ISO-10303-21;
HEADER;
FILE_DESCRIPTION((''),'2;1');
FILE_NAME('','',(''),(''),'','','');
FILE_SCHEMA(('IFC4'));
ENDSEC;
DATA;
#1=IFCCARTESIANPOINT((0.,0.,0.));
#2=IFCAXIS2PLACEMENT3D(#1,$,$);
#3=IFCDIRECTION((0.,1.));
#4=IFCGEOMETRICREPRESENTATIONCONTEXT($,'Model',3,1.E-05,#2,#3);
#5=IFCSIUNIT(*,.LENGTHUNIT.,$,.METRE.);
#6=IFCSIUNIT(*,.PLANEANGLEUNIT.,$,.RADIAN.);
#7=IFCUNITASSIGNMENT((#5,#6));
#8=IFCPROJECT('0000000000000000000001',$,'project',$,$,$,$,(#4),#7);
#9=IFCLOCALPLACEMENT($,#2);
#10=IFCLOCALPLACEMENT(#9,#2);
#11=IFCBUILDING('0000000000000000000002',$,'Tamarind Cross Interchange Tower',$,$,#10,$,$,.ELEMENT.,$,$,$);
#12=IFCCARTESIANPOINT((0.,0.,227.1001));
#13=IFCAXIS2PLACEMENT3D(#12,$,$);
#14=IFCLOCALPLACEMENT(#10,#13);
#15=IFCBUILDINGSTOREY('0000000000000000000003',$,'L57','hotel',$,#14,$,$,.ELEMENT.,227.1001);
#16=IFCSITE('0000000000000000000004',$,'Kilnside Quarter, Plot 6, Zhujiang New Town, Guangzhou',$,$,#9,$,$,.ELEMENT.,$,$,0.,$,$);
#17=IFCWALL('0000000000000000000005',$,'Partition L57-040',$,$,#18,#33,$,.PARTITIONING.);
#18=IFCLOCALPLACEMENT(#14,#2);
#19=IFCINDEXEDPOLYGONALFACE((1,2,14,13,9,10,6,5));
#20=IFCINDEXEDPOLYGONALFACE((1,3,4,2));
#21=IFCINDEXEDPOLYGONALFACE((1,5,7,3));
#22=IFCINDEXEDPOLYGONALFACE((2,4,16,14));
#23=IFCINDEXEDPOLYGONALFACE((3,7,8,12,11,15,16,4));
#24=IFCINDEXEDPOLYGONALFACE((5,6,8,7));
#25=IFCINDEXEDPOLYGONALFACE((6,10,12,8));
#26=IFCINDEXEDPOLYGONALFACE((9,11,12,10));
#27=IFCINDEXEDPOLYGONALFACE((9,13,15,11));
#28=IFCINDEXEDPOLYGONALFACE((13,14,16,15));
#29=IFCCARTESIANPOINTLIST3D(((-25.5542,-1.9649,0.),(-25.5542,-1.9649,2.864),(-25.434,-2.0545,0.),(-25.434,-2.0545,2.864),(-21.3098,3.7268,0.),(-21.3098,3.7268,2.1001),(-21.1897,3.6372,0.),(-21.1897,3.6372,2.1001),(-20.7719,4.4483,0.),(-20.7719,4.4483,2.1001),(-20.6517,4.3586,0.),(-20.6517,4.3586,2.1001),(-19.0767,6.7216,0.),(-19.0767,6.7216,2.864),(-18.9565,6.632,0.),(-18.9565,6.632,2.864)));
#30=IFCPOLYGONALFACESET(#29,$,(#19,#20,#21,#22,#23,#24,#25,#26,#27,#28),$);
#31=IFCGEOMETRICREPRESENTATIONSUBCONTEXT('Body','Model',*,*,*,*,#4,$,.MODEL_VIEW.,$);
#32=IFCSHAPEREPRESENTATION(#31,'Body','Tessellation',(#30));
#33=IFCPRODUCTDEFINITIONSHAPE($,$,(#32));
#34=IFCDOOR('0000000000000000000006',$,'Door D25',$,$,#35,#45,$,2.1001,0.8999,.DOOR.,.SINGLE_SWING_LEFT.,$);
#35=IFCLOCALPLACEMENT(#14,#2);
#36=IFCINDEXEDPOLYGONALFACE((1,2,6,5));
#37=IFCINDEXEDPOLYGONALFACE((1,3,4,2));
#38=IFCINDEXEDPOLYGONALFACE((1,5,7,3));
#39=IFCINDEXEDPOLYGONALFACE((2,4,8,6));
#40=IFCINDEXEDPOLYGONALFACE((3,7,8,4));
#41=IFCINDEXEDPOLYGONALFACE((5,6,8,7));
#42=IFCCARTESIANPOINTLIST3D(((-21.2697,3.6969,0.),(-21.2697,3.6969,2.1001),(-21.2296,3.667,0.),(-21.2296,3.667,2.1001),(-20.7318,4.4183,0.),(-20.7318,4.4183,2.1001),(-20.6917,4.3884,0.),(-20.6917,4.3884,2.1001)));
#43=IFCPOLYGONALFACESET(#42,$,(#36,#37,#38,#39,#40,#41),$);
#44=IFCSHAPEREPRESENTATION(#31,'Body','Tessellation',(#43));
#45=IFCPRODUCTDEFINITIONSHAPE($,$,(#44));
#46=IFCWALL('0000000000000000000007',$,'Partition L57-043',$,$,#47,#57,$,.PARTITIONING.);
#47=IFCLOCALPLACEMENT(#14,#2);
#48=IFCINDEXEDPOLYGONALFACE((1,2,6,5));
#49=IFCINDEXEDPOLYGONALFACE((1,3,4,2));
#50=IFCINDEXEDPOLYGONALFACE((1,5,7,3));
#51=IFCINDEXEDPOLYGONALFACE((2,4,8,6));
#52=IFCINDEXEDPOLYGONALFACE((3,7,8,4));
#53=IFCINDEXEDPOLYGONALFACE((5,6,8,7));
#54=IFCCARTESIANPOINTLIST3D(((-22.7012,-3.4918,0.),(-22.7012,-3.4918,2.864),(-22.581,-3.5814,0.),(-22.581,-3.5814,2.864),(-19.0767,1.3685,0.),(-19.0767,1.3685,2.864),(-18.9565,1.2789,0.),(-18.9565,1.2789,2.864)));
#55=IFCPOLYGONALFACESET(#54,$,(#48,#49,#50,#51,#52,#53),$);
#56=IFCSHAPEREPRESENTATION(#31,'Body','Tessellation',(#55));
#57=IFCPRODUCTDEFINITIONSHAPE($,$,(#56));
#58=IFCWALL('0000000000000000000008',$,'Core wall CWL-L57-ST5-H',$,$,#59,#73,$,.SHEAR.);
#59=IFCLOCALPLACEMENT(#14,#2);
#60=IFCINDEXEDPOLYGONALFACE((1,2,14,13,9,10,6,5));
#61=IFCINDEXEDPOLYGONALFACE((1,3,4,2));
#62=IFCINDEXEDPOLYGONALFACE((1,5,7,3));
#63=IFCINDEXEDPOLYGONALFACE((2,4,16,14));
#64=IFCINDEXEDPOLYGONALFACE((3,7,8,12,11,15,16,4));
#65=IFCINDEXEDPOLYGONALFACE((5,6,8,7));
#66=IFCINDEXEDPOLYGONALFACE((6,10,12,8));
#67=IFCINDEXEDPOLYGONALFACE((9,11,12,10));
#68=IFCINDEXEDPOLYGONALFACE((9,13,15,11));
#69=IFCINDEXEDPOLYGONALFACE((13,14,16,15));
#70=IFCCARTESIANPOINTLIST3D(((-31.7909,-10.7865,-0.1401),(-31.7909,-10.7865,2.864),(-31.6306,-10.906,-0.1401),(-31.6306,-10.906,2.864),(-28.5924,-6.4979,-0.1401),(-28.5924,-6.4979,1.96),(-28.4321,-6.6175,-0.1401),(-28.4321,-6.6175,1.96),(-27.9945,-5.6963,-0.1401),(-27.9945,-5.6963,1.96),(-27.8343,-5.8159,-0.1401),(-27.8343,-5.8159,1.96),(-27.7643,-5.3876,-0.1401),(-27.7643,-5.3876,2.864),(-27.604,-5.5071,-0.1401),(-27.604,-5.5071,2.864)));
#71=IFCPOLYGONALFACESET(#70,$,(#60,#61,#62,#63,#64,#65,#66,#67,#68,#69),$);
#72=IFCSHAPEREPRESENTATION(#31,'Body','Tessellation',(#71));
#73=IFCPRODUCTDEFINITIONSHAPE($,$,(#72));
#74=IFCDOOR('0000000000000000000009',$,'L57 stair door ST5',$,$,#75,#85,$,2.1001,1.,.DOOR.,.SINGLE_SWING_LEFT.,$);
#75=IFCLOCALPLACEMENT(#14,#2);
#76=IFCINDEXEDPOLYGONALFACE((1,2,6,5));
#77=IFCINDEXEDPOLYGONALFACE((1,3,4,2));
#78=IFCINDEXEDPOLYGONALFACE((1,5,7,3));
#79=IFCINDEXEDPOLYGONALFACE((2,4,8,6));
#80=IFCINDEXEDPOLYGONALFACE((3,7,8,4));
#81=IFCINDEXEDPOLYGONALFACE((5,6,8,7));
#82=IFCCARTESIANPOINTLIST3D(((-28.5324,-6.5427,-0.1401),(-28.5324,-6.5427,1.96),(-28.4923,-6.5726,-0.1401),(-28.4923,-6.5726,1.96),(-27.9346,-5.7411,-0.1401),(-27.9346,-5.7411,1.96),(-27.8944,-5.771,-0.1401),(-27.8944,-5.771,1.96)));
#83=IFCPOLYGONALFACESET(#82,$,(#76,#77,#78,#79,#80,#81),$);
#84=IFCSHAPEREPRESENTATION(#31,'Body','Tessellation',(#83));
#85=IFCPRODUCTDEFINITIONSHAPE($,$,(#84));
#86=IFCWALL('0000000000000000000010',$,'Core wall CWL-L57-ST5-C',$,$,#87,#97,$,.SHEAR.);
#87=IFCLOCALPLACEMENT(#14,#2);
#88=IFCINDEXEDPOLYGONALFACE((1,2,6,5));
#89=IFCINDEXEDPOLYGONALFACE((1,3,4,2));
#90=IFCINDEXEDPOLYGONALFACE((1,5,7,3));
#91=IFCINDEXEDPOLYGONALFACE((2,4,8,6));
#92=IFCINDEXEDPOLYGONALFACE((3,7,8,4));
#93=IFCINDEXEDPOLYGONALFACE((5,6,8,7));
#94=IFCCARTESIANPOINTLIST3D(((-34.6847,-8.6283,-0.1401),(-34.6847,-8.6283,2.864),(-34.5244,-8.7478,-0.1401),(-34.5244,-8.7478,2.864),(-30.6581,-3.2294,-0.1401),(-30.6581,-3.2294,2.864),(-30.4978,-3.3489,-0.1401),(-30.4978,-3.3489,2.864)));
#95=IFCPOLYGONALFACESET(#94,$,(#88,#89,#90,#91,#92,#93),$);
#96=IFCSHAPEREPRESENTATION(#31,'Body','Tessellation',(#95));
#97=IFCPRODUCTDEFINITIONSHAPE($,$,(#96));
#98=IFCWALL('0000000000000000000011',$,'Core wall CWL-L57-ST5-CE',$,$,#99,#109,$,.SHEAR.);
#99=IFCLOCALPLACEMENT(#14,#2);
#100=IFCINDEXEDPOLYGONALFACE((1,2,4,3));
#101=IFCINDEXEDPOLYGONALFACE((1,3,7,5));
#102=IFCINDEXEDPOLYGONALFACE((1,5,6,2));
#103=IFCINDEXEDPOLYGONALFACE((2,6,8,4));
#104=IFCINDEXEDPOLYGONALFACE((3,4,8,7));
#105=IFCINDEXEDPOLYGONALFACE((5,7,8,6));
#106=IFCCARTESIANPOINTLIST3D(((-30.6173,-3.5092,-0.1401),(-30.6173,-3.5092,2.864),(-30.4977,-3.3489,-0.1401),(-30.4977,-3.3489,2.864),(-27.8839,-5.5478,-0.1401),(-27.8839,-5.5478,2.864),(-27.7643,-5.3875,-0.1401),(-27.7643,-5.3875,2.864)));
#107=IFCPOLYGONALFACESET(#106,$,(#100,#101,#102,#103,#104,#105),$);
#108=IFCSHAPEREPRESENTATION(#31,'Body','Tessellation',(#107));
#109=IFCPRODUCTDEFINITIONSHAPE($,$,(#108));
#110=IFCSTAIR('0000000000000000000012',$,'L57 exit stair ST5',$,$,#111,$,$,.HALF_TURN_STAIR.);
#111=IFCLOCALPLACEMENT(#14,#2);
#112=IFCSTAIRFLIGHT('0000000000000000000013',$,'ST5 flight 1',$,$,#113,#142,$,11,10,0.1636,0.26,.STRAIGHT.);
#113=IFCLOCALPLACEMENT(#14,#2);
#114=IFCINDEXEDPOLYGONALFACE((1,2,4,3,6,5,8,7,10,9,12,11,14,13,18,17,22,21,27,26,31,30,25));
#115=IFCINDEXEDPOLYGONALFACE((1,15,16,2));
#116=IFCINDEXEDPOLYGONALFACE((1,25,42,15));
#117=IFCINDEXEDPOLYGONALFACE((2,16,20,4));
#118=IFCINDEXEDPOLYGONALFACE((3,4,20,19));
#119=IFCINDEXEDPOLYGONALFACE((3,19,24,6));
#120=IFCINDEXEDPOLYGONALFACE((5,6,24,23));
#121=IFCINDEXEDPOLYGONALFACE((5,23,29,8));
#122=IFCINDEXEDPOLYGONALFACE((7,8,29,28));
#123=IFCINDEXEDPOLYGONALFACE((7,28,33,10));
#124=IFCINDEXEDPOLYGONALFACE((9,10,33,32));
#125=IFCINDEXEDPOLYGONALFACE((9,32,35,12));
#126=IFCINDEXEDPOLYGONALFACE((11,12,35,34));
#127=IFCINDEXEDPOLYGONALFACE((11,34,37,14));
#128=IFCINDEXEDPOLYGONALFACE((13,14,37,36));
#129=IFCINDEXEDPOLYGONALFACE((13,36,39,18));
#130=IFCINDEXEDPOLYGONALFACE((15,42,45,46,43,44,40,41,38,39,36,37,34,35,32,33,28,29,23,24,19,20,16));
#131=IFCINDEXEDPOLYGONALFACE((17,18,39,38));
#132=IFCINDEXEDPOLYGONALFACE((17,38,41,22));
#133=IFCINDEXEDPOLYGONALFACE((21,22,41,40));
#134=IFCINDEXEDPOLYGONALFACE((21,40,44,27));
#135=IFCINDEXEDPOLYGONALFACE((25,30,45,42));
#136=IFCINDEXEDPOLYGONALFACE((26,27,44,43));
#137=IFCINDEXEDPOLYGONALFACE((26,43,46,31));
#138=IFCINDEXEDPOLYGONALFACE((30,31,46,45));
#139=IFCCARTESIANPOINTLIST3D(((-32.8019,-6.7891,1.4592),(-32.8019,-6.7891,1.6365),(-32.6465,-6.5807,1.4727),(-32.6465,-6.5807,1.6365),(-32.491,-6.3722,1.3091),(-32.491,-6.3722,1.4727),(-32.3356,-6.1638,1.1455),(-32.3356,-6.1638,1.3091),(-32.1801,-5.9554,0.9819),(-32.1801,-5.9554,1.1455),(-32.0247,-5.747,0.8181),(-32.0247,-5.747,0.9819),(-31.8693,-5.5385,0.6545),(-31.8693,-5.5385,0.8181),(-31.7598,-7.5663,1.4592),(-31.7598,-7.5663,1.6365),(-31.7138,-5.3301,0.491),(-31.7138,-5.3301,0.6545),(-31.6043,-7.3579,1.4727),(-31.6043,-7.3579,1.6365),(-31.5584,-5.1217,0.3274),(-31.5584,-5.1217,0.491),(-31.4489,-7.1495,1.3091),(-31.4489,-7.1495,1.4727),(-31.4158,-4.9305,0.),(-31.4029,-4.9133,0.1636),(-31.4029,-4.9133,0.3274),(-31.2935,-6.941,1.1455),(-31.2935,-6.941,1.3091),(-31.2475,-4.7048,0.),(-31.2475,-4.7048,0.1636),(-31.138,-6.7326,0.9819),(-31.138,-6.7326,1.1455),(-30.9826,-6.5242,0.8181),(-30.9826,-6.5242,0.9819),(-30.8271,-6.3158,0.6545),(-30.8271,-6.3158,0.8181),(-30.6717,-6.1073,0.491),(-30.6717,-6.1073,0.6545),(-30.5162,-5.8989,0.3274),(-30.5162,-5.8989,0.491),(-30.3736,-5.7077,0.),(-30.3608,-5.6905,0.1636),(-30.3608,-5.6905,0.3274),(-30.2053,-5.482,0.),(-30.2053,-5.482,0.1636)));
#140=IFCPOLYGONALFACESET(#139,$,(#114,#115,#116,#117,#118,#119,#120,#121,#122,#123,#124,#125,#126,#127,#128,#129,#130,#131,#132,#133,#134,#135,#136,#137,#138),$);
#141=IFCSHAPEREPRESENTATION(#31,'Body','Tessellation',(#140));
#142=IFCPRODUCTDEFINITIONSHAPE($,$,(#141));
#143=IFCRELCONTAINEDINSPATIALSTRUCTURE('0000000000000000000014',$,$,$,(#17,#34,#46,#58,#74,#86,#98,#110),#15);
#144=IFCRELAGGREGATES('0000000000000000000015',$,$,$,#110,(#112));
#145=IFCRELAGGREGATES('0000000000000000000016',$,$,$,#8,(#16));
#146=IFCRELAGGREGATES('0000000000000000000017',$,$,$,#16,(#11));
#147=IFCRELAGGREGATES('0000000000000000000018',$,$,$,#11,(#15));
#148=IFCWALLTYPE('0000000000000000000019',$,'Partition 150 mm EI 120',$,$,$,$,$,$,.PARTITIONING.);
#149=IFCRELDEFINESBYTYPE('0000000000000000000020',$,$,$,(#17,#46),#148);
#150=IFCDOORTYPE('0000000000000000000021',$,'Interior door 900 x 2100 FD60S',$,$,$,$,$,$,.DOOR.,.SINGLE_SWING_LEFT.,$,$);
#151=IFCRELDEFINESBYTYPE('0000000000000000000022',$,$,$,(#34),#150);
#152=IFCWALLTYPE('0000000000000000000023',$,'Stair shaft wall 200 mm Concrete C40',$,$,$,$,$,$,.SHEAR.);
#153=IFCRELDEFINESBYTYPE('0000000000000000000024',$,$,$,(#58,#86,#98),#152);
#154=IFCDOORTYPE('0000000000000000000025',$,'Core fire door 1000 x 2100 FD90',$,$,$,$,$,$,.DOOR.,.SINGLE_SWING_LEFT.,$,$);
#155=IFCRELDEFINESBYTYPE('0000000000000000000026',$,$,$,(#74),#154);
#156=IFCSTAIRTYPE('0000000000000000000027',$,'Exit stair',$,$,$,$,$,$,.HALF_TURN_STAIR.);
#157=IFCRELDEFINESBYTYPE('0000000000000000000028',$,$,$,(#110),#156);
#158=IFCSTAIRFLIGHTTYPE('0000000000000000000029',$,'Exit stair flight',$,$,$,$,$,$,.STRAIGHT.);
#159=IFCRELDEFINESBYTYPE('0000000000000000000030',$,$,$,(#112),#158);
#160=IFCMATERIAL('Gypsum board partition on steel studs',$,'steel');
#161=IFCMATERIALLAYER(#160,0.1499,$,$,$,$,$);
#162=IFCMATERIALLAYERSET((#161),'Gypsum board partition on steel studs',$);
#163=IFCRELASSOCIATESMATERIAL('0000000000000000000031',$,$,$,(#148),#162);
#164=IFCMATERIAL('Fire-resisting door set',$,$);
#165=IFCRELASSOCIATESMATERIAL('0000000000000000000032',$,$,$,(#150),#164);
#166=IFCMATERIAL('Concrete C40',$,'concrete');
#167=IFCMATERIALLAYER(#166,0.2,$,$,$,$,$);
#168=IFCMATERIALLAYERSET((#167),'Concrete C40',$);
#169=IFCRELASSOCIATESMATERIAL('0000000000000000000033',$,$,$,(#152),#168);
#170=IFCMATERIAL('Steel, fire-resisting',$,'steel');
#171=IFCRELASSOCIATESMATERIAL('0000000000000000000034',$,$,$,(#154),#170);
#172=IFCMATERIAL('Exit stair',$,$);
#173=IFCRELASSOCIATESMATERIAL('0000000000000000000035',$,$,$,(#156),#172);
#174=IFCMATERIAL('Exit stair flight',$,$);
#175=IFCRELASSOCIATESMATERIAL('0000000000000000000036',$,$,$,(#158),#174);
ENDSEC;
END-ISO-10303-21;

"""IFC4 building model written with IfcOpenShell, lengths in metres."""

from ifc_helpers import new_model, si_unit, direction, frame, frame_2d, origin, place, context, subcontext, project, spatial, polyline, rectangle, outline, extrude, material, layer, layer_set, type_object, element, fill, aggregate, save


model = new_model("IFC4")

# Units and contexts
model_context = context("Model", 3, precision=1e-05, world=origin(), true_north=direction((0.0, 1.0)))
body_context = subcontext(model_context, "Body", "Model", "MODEL_VIEW")
ifc_project = project(units=[si_unit("LENGTHUNIT", "METRE"), si_unit("PLANEANGLEUNIT", "RADIAN")], contexts=[model_context])

# Site, building, storey
site_placement = place(None, origin())
site = spatial("IfcSite", under=ifc_project, at=site_placement, Name="Kilnside Quarter, Plot 6, Zhujiang New Town, Guangzhou", CompositionType="ELEMENT", RefElevation=0.0)
building_placement = place(site_placement, origin())
building = spatial("IfcBuilding", under=site, at=building_placement, Name="Tamarind Cross Interchange Tower", CompositionType="ELEMENT")
storey_placement = place(building_placement, frame((0.0, 0.0, 227.1001)))
storey = spatial("IfcBuildingStorey", under=building, at=storey_placement, Name="L57", Description="hotel", CompositionType="ELEMENT", Elevation=227.1001)

# Shared definitions
ifc_material_1 = material(Name="Gypsum board partition on steel studs", Category="steel")
ifc_layer_1 = layer(ifc_material_1, 0.1499)
ifc_layer_set_1 = layer_set([ifc_layer_1], Name="Gypsum board partition on steel studs")
wall_type_1 = type_object("IfcWallType", Name="Partition 150 mm EI 120", PredefinedType="PARTITIONING", material=ifc_layer_set_1)

# Wall, opening, door
ifc_material_2 = material(Name="Fire-resisting door set")
door_type_1 = type_object("IfcDoorType", Name="Interior door 900 x 2100 FD60S", OperationType="SINGLE_SWING_LEFT", PredefinedType="DOOR", material=ifc_material_2)
wall_1_placement = place(storey_placement, frame((-25.4941, -2.0098, 0.0), z_axis=(0.0, 0.0, 1.0), x_axis=(0.597791, 0.801652, 0.0)))
wall_1 = element("IfcWall", 1, at=wall_1_placement, inside=storey, type_object=wall_type_1, Name="Partition L57-040", PredefinedType="PARTITIONING", context=body_context, shape_type="SweptSolid", body=[
    extrude(rectangle(XDim=10.8357, YDim=0.1499, at=frame_2d((5.418, 0.0))), origin(), (0.0, 0.0, 1.0), 2.864),
])
opening_1_placement = place(wall_1_placement, frame((7.1001, 0.0, 0.0)))
opening_1 = element("IfcOpeningElement", 2, at=opening_1_placement, cuts=wall_1, PredefinedType="OPENING", context=body_context, shape_type="SweptSolid", body=[
    extrude(rectangle(XDim=0.8999, YDim=2.1001, at=frame_2d((0.45, 1.05))), frame((0.0, 0.085, 0.0), z_axis=(0.0, -1.0, 0.0), x_axis=(1.0, 0.0, 0.0)), (0.0, 0.0, 1.0), 0.1699),
])
door_1_placement = place(opening_1_placement, origin())
door_1 = element("IfcDoor", 3, at=door_1_placement, inside=storey, type_object=door_type_1, Name="Door D25", OperationType="SINGLE_SWING_LEFT", OverallHeight=2.1001, OverallWidth=0.8999, PredefinedType="DOOR", context=body_context, shape_type="SweptSolid", body=[
    extrude(rectangle(XDim=0.8999, YDim=2.1001, at=frame_2d((0.45, 1.05))), frame((0.0, 0.0249, 0.0), z_axis=(0.0, -1.0, 0.0), x_axis=(1.0, 0.0, 0.0)), (0.0, 0.0, 1.0), 0.05),
])
fill(opening_1, door_1)

# Wall
wall_2_placement = place(storey_placement, frame((-22.6411, -3.5366, 0.0), z_axis=(0.0, 0.0, 1.0), x_axis=(0.597807, 0.80164, 0.0)))
element("IfcWall", 4, at=wall_2_placement, inside=storey, type_object=wall_type_1, Name="Partition L57-043", PredefinedType="PARTITIONING", context=body_context, shape_type="SweptSolid", body=[
    extrude(rectangle(XDim=6.063, YDim=0.1499, at=frame_2d((3.0315, 0.0))), origin(), (0.0, 0.0, 1.0), 2.864),
])

# Wall, opening, door
ifc_material_3 = material(Name="Concrete C40", Category="concrete")
ifc_layer_2 = layer(ifc_material_3, 0.2)
ifc_layer_set_2 = layer_set([ifc_layer_2], Name="Concrete C40")
wall_type_2 = type_object("IfcWallType", Name="Stair shaft wall 200 mm Concrete C40", PredefinedType="SHEAR", material=ifc_layer_set_2)
wall_3_placement = place(storey_placement, frame((-27.6841, -5.4473, -0.1401), z_axis=(0.0, 0.0, 1.0), x_axis=(-0.597852, -0.801607, 0.0)))
wall_3 = element("IfcWall", 5, at=wall_3_placement, inside=storey, type_object=wall_type_2, Name="Core wall CWL-L57-ST5-H", PredefinedType="SHEAR", context=body_context, shape_type="SweptSolid", body=[
    extrude(rectangle(XDim=6.7351, YDim=0.2, at=frame_2d((3.3677, 0.0))), origin(), (0.0, 0.0, 1.0), 3.0042),
])
opening_2_placement = place(wall_3_placement, frame((0.3853, 0.0, 0.0)))
opening_2 = element("IfcOpeningElement", 6, at=opening_2_placement, cuts=wall_3, PredefinedType="OPENING", context=body_context, shape_type="SweptSolid", body=[
    extrude(rectangle(XDim=1.0, YDim=2.1001, at=frame_2d((0.5, 1.05))), frame((0.0, 0.1099, 0.0), z_axis=(0.0, -1.0, 0.0), x_axis=(1.0, 0.0, 0.0)), (0.0, 0.0, 1.0), 0.22),
])
ifc_material_4 = material(Name="Steel, fire-resisting", Category="steel")
door_type_2 = type_object("IfcDoorType", Name="Core fire door 1000 x 2100 FD90", OperationType="SINGLE_SWING_LEFT", PredefinedType="DOOR", material=ifc_material_4)
door_2_placement = place(opening_2_placement, origin())
door_2 = element("IfcDoor", 7, at=door_2_placement, inside=storey, type_object=door_type_2, Name="L57 stair door ST5", OperationType="SINGLE_SWING_LEFT", OverallHeight=2.1001, OverallWidth=1.0, PredefinedType="DOOR", context=body_context, shape_type="SweptSolid", body=[
    extrude(rectangle(XDim=1.0, YDim=2.1001, at=frame_2d((0.5, 1.05))), frame((0.0, 0.0249, 0.0), z_axis=(0.0, -1.0, 0.0), x_axis=(1.0, 0.0, 0.0)), (0.0, 0.0, 1.0), 0.05),
])
fill(opening_2, door_2)

# Walls
wall_4_placement = place(storey_placement, frame((-30.5779, -3.2891, -0.1401), z_axis=(0.0, 0.0, 1.0), x_axis=(-0.597852, -0.801607, 0.0)))
element("IfcWall", 8, at=wall_4_placement, inside=storey, type_object=wall_type_2, Name="Core wall CWL-L57-ST5-C", PredefinedType="SHEAR", context=body_context, shape_type="SweptSolid", body=[
    extrude(rectangle(XDim=6.7351, YDim=0.2, at=frame_2d((3.3677, 0.0))), origin(), (0.0, 0.0, 1.0), 3.0042),
])
wall_5_placement = place(storey_placement, frame((-30.5576, -3.429, -0.1401), z_axis=(0.0, 0.0, 1.0), x_axis=(0.801612, -0.597844, 0.0)))
element("IfcWall", 9, at=wall_5_placement, inside=storey, type_object=wall_type_2, Name="Core wall CWL-L57-ST5-CE", PredefinedType="SHEAR", context=body_context, shape_type="SweptSolid", body=[
    extrude(rectangle(XDim=3.4099, YDim=0.2, at=frame_2d((1.7051, 0.0))), origin(), (0.0, 0.0, 1.0), 3.0042),
])

# Stair, stair flight
ifc_material_5 = material(Name="Exit stair")
stair_type = type_object("IfcStairType", Name="Exit stair", PredefinedType="HALF_TURN_STAIR", material=ifc_material_5)
stair_placement = place(storey_placement, origin())
stair = element("IfcStair", 10, at=stair_placement, inside=storey, type_object=stair_type, Name="L57 exit stair ST5", PredefinedType="HALF_TURN_STAIR")
ifc_material_6 = material(Name="Exit stair flight")
stair_flight_type = type_object("IfcStairFlightType", Name="Exit stair flight", PredefinedType="STRAIGHT", material=ifc_material_6)
stair_flight_placement = place(storey_placement, frame((-30.7263, -5.0935, 0.0), z_axis=(0.0, 0.0, 1.0), x_axis=(-0.597838, -0.801617, 0.0)))
stair_flight = element("IfcStairFlight", 11, at=stair_flight_placement, type_object=stair_flight_type, Name="ST5 flight 1", NumberOfRisers=11, NumberOfTreads=10, PredefinedType="STRAIGHT", RiserHeight=0.1636, TreadLength=0.26, context=body_context, shape_type="SweptSolid", body=[
    extrude(outline(polyline([(0.0, 0.0), (0.0, 0.1636), (0.26, 0.1636), (0.26, 0.3274), (0.52, 0.3274), (0.52, 0.491), (0.78, 0.491), (0.78, 0.6545), (1.04, 0.6545), (1.04, 0.8181), (1.3, 0.8181), (1.3, 0.9819), (1.5601, 0.9819), (1.5601, 1.1455), (1.8201, 1.1455), (1.8201, 1.3091), (2.0801, 1.3091), (2.0801, 1.4727), (2.3401, 1.4727), (2.3401, 1.6365), (2.6001, 1.6365), (2.6001, 1.8), (2.6001, 1.4592), (0.2815, 0.0), (0.0, 0.0)])), frame((0.0, 0.6499, 0.0), z_axis=(0.0, -1.0, 0.0), x_axis=(1.0, 0.0, 0.0)), (0.0, 0.0, 1.0), 1.3),
])
aggregate(stair, [stair_flight])

save(model, "model.ifc")
